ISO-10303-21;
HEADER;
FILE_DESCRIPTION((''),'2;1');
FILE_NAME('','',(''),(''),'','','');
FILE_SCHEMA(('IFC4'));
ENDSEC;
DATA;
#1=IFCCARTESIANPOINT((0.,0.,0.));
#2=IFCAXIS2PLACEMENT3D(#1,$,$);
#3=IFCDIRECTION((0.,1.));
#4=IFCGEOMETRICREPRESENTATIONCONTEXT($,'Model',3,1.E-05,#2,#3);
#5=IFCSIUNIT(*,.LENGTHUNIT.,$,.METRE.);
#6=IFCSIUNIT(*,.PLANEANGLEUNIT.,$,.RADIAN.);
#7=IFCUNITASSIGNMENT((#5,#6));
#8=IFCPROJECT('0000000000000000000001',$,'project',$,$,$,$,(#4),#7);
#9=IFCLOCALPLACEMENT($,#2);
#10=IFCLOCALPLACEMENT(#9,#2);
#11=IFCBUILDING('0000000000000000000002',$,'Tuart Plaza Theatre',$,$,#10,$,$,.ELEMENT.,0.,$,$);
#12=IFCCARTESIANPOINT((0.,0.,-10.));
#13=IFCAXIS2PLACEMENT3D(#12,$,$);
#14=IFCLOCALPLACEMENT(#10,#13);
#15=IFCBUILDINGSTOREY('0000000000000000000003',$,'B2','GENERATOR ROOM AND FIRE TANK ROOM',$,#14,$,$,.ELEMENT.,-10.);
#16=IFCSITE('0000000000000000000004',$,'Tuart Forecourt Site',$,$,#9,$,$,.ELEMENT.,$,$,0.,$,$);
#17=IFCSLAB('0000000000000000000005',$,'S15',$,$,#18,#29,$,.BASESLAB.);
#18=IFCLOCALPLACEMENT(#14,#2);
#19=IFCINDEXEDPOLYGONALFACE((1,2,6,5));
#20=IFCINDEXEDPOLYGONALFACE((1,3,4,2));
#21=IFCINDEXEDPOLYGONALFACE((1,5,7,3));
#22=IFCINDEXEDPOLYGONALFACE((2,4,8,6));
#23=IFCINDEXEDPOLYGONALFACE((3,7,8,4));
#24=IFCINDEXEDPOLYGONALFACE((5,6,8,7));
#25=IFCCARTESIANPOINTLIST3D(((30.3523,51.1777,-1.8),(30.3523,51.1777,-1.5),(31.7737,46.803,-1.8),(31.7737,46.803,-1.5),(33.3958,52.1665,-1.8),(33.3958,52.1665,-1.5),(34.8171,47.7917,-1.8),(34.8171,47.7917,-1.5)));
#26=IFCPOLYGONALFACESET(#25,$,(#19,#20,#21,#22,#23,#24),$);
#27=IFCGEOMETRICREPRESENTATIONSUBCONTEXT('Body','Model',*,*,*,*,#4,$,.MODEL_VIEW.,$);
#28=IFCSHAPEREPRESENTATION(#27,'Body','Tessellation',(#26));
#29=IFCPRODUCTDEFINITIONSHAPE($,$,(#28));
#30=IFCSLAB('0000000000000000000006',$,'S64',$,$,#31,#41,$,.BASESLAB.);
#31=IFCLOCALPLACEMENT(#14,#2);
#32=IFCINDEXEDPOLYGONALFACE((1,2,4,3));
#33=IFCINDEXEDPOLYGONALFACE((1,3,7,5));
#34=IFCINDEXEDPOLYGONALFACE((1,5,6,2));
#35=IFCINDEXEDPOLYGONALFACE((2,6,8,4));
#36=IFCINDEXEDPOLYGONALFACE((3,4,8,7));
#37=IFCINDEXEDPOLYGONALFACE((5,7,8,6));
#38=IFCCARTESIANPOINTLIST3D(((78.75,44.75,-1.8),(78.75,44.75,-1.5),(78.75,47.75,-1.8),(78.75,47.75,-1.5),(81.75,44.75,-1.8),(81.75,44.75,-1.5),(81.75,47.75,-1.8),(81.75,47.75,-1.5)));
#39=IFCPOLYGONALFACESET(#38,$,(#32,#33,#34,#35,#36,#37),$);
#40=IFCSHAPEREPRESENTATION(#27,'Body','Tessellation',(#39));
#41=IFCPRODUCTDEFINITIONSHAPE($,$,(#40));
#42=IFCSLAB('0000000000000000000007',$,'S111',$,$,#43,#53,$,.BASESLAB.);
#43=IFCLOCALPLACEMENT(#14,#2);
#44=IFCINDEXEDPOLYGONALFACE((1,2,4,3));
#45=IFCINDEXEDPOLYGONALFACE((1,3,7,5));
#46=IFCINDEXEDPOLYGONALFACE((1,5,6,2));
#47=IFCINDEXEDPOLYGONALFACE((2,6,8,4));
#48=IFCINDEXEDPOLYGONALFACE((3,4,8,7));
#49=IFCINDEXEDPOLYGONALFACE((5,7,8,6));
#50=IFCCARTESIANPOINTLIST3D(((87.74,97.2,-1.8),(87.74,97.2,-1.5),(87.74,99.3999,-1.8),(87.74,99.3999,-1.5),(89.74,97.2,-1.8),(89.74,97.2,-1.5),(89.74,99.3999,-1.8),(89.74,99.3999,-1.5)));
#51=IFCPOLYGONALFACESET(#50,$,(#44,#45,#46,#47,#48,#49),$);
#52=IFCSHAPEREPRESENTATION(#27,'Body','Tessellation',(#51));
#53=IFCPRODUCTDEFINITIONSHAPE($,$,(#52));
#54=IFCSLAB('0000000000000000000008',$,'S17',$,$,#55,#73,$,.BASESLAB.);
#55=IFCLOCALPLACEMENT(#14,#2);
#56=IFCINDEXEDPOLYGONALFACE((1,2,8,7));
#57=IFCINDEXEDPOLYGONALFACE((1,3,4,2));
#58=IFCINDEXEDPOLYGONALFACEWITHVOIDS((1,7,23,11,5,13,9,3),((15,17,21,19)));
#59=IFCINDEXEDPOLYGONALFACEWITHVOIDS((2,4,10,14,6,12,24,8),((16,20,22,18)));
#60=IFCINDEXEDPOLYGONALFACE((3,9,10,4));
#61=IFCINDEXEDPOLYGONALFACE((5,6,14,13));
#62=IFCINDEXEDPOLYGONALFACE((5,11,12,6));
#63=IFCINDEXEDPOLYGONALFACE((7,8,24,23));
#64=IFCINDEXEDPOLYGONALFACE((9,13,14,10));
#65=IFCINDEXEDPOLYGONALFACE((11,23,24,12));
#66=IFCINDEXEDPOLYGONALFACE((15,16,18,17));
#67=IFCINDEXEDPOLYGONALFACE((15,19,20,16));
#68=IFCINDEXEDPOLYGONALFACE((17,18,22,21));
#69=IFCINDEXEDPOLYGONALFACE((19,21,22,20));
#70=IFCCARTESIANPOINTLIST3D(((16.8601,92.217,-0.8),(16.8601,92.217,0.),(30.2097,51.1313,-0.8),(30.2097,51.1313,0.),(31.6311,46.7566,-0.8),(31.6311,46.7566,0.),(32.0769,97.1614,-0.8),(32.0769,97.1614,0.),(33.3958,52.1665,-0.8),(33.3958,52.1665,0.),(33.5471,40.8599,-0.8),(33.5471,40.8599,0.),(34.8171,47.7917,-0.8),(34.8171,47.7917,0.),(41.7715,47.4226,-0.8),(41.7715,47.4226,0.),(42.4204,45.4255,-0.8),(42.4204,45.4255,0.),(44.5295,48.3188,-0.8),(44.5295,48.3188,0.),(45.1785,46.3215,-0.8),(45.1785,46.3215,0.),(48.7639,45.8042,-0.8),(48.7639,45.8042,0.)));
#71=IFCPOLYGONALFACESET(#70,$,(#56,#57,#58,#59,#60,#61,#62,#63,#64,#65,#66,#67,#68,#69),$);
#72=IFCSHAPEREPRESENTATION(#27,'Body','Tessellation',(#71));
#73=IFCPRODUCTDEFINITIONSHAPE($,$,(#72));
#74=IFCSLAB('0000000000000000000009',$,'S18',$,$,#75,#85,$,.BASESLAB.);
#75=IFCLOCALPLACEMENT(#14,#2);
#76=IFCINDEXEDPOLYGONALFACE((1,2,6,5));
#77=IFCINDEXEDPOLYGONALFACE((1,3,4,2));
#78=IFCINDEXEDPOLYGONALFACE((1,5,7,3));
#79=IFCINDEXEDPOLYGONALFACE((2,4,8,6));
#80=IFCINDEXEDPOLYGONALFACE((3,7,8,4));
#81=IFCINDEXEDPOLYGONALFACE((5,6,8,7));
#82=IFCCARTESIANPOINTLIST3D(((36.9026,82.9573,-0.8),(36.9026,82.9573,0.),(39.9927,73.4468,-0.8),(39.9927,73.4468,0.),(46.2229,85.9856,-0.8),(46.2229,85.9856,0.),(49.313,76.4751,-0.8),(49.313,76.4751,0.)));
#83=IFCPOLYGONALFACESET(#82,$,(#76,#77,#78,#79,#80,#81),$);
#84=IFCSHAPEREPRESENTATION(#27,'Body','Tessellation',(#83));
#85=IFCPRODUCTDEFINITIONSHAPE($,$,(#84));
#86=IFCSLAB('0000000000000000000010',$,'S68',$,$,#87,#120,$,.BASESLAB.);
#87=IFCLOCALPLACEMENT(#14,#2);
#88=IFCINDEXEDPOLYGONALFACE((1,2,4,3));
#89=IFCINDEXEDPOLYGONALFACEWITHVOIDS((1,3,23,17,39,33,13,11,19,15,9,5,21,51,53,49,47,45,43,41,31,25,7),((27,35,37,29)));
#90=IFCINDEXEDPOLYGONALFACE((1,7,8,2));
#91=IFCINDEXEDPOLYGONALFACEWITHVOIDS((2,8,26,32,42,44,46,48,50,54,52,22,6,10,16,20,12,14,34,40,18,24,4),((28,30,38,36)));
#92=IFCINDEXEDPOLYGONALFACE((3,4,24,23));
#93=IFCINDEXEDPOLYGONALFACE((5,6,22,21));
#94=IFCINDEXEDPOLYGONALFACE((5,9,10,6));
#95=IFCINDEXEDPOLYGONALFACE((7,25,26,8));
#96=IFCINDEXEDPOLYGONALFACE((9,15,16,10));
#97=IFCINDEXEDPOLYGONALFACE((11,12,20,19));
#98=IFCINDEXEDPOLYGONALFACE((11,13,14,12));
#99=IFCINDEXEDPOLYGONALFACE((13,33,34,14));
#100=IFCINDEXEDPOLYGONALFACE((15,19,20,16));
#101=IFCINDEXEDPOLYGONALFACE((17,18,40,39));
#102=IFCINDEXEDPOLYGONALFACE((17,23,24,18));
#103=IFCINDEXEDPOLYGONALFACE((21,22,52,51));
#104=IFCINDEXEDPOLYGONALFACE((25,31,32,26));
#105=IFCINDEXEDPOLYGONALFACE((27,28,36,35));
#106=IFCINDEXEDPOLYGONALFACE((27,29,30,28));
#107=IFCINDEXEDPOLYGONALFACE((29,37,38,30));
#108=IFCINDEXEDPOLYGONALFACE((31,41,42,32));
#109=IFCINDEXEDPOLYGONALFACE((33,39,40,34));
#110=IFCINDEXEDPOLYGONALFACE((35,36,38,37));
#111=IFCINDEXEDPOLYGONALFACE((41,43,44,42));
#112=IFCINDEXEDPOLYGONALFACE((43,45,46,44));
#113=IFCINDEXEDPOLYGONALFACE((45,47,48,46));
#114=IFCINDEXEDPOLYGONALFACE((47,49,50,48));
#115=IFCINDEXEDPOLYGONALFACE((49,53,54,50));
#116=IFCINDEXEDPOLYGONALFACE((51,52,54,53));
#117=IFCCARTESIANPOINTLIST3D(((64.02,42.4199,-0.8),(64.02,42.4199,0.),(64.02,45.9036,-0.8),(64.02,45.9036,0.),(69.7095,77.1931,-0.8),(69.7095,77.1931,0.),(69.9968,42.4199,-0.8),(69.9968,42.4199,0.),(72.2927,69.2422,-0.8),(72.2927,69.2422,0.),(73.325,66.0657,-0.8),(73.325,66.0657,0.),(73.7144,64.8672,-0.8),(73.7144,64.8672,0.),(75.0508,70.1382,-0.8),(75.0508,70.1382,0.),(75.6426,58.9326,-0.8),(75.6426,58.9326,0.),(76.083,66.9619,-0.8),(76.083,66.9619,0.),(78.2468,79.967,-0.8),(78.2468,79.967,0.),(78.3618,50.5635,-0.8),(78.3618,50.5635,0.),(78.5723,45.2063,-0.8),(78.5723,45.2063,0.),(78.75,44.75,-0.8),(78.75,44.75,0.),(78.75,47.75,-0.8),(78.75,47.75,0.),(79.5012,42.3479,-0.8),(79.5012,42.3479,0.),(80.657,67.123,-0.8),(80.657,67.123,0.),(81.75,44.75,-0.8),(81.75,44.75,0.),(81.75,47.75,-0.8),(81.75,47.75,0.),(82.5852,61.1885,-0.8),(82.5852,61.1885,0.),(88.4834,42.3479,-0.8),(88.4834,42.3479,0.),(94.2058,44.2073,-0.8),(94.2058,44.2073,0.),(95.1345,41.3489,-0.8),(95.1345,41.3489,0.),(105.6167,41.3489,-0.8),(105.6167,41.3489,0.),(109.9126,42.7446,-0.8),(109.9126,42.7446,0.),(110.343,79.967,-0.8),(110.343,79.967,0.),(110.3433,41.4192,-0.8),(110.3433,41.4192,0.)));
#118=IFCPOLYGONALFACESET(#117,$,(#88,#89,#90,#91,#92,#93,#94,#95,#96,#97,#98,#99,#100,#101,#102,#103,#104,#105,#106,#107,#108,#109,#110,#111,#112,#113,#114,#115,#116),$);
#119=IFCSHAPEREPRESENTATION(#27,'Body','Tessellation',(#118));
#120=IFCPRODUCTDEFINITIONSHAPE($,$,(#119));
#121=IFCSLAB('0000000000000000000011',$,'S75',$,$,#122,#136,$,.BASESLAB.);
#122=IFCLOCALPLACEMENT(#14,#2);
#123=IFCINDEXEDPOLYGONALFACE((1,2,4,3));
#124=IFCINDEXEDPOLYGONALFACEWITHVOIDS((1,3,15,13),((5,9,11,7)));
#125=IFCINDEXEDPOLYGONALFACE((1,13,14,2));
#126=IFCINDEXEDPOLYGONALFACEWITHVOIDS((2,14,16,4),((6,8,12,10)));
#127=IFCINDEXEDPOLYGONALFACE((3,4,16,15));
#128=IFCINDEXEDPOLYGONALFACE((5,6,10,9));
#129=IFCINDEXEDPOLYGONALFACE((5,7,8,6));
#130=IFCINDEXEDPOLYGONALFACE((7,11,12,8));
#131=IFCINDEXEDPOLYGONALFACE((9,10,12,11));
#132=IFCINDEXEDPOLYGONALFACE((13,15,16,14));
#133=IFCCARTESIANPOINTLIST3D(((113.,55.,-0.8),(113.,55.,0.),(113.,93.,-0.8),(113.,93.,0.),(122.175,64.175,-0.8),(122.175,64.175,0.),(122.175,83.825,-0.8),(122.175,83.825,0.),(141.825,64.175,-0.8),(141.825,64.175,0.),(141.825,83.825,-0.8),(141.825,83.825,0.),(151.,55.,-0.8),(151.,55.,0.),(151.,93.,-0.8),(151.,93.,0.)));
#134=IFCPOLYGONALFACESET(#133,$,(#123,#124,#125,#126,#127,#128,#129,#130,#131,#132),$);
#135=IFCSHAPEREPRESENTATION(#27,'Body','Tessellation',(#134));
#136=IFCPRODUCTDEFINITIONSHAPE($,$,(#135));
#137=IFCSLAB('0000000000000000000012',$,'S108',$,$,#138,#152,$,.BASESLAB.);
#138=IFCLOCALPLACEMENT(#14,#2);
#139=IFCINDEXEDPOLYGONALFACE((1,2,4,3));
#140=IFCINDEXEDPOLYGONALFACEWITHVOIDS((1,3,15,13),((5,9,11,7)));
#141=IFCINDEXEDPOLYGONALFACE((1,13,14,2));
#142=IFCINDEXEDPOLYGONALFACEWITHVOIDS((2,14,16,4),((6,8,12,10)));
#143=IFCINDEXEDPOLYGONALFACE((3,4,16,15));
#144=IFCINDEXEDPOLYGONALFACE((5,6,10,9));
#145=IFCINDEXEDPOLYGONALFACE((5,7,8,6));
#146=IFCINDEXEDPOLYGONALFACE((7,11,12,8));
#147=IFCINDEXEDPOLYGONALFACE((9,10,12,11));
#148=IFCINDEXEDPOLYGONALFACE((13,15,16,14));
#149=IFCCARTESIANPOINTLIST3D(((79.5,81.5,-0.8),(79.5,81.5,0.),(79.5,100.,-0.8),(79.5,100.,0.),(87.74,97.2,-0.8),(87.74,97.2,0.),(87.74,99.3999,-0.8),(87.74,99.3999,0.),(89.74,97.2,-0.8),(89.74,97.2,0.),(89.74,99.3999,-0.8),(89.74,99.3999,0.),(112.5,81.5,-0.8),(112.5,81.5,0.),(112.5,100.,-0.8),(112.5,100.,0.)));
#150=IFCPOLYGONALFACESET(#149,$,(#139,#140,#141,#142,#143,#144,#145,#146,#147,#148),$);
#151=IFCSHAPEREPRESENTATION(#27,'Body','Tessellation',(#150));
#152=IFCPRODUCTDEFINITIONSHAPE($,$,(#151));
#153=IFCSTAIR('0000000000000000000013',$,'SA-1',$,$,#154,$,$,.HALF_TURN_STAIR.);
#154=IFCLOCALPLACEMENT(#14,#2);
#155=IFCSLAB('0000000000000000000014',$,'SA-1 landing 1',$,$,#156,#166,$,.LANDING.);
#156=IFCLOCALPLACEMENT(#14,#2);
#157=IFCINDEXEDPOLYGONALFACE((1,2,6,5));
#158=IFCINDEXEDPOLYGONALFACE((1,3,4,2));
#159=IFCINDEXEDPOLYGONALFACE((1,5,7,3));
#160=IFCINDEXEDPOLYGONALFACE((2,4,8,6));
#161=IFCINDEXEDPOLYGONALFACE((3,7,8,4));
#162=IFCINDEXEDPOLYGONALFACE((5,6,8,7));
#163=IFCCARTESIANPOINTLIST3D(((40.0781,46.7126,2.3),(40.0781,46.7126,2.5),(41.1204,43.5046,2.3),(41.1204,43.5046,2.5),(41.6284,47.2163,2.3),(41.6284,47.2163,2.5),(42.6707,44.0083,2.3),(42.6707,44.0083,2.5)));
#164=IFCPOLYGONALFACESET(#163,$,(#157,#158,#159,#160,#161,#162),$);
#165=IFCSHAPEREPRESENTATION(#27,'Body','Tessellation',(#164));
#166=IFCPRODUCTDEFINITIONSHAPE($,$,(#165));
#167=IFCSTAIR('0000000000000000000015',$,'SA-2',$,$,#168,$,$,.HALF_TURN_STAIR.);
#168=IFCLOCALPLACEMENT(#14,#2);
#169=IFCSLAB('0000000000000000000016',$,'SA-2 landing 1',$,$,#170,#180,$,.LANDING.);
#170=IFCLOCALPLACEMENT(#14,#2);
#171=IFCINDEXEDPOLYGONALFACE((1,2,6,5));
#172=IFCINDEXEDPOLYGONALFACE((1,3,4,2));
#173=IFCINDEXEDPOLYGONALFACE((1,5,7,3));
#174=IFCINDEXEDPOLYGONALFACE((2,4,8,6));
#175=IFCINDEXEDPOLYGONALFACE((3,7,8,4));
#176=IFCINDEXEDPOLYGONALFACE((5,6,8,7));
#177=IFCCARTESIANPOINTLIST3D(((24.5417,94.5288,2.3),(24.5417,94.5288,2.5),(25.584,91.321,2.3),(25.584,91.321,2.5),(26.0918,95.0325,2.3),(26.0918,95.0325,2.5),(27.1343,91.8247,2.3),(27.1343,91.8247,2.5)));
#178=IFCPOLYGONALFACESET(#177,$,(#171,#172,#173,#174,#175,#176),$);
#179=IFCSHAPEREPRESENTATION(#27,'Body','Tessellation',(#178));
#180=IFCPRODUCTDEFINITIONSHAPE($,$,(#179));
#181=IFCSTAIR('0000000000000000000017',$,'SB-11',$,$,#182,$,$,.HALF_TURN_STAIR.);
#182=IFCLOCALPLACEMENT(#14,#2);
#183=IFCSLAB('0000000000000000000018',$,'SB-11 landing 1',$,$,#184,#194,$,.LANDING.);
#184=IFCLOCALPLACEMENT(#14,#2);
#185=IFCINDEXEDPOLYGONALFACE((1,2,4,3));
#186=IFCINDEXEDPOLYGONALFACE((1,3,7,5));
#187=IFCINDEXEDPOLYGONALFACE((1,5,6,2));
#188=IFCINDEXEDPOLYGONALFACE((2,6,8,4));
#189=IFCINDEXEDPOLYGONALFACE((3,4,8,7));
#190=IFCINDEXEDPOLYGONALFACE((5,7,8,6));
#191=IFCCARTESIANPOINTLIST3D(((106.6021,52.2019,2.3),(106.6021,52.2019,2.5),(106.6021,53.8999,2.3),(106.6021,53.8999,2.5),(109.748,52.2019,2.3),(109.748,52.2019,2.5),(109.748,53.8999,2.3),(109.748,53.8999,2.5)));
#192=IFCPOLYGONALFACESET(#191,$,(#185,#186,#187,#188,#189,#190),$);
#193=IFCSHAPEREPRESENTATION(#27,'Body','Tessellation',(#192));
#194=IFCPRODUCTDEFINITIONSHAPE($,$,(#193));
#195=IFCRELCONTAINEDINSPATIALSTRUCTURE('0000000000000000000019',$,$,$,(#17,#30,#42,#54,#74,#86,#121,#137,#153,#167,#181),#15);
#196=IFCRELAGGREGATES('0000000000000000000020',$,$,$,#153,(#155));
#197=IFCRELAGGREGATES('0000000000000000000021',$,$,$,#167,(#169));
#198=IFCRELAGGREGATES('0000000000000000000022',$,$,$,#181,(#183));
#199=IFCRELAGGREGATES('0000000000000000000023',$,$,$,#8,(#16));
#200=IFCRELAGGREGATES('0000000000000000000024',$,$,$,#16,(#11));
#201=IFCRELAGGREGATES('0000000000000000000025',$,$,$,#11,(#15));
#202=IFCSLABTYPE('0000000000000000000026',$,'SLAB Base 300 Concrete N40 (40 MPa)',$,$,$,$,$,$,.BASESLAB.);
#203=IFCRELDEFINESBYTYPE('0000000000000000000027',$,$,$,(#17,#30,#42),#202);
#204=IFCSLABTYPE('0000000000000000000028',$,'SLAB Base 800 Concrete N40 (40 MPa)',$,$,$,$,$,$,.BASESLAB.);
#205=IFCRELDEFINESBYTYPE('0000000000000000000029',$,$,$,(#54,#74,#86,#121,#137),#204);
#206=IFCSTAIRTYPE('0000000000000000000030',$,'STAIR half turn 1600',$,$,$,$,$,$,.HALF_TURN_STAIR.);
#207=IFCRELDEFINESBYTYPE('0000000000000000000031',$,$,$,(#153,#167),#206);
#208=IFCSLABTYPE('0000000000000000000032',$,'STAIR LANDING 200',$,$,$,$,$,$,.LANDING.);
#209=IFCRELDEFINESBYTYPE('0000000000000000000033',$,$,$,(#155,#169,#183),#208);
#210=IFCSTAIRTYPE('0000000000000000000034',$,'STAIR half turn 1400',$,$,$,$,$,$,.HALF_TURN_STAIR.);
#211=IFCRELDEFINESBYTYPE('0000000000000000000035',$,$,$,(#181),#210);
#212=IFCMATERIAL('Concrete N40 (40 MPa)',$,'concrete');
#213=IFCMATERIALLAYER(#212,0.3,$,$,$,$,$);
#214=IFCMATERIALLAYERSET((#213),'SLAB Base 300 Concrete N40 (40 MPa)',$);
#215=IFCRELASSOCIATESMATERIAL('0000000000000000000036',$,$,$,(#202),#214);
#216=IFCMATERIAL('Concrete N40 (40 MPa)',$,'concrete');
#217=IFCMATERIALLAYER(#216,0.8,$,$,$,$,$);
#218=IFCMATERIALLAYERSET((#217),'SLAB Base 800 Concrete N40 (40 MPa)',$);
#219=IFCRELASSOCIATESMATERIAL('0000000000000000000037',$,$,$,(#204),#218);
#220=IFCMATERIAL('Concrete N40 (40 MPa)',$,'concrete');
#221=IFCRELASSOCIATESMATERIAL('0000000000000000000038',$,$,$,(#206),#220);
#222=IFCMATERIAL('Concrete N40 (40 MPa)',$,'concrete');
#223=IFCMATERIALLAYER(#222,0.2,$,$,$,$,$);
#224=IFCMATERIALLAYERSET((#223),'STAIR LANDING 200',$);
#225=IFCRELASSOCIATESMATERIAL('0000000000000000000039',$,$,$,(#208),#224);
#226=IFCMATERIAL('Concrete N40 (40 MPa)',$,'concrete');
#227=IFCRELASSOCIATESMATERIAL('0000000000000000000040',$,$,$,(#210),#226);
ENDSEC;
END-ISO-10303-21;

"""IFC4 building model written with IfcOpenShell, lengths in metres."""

from ifc_helpers import new_model, si_unit, direction, frame, origin, place, context, subcontext, project, spatial, polyline, outline, extrude, material, layer, layer_set, type_object, element, aggregate, save


model = new_model("IFC4")

# Units and contexts
model_context = context("Model", 3, precision=1e-05, world=origin(), true_north=direction((0.0, 1.0)))
body_context = subcontext(model_context, "Body", "Model", "MODEL_VIEW")
ifc_project = project(units=[si_unit("LENGTHUNIT", "METRE"), si_unit("PLANEANGLEUNIT", "RADIAN")], contexts=[model_context])

# Site, building, storey
site_placement = place(None, origin())
site = spatial("IfcSite", under=ifc_project, at=site_placement, Name="Tuart Forecourt Site", CompositionType="ELEMENT", RefElevation=0.0)
building_placement = place(site_placement, origin())
building = spatial("IfcBuilding", under=site, at=building_placement, Name="Tuart Plaza Theatre", CompositionType="ELEMENT", ElevationOfRefHeight=0.0)
storey_placement = place(building_placement, frame((0.0, 0.0, -10.0)))
storey = spatial("IfcBuildingStorey", under=building, at=storey_placement, Name="B2", Description="GENERATOR ROOM AND FIRE TANK ROOM", CompositionType="ELEMENT", Elevation=-10.0)

# Slabs
ifc_material_1 = material(Name="Concrete N40 (40 MPa)", Category="concrete")
ifc_layer_1 = layer(ifc_material_1, 0.3)
ifc_layer_set_1 = layer_set([ifc_layer_1], Name="SLAB Base 300 Concrete N40 (40 MPa)")
slab_type_1 = type_object("IfcSlabType", Name="SLAB Base 300 Concrete N40 (40 MPa)", PredefinedType="BASESLAB", material=ifc_layer_set_1)
slab_1_placement = place(storey_placement, frame((0.0, 0.0, -1.8)))
element("IfcSlab", 1, at=slab_1_placement, inside=storey, type_object=slab_type_1, Name="S15", PredefinedType="BASESLAB", context=body_context, shape_type="SweptSolid", body=[
    extrude(outline(polyline([(34.8171, 47.7917), (33.3958, 52.1665), (30.3523, 51.1777), (31.7737, 46.803), (34.8171, 47.7917)])), origin(), (0.0, 0.0, 1.0), 0.3),
])
slab_2_placement = place(storey_placement, frame((0.0, 0.0, -1.8)))
element("IfcSlab", 2, at=slab_2_placement, inside=storey, type_object=slab_type_1, Name="S64", PredefinedType="BASESLAB", context=body_context, shape_type="SweptSolid", body=[
    extrude(outline(polyline([(81.75, 44.75), (81.75, 47.75), (78.75, 47.75), (78.75, 44.75), (81.75, 44.75)])), origin(), (0.0, 0.0, 1.0), 0.3),
])
slab_3_placement = place(storey_placement, frame((0.0, 0.0, -1.8)))
element("IfcSlab", 3, at=slab_3_placement, inside=storey, type_object=slab_type_1, Name="S111", PredefinedType="BASESLAB", context=body_context, shape_type="SweptSolid", body=[
    extrude(outline(polyline([(89.74, 97.2), (89.74, 99.3999), (87.74, 99.3999), (87.74, 97.2), (89.74, 97.2)])), origin(), (0.0, 0.0, 1.0), 0.3),
])
ifc_material_2 = material(Name="Concrete N40 (40 MPa)", Category="concrete")
ifc_layer_2 = layer(ifc_material_2, 0.8)
ifc_layer_set_2 = layer_set([ifc_layer_2], Name="SLAB Base 800 Concrete N40 (40 MPa)")
slab_type_2 = type_object("IfcSlabType", Name="SLAB Base 800 Concrete N40 (40 MPa)", PredefinedType="BASESLAB", material=ifc_layer_set_2)
slab_4_placement = place(storey_placement, frame((0.0, 0.0, -0.8)))
element("IfcSlab", 4, at=slab_4_placement, inside=storey, type_object=slab_type_2, Name="S17", PredefinedType="BASESLAB", context=body_context, shape_type="SweptSolid", body=[
    extrude(outline(polyline([(33.3958, 52.1665), (34.8171, 47.7917), (31.6311, 46.7566), (33.5471, 40.8599), (48.7639, 45.8042), (32.0769, 97.1614), (16.8601, 92.217), (30.2097, 51.1313), (33.3958, 52.1665)]), holes=[polyline([(44.5295, 48.3188), (41.7715, 47.4226), (42.4204, 45.4255), (45.1785, 46.3215), (44.5295, 48.3188)])]), origin(), (0.0, 0.0, 1.0), 0.8),
])
slab_5_placement = place(storey_placement, frame((0.0, 0.0, -0.8)))
element("IfcSlab", 5, at=slab_5_placement, inside=storey, type_object=slab_type_2, Name="S18", PredefinedType="BASESLAB", context=body_context, shape_type="SweptSolid", body=[
    extrude(outline(polyline([(49.313, 76.4751), (46.2229, 85.9856), (36.9026, 82.9573), (39.9927, 73.4468), (49.313, 76.4751)])), origin(), (0.0, 0.0, 1.0), 0.8),
])
slab_6_placement = place(storey_placement, frame((0.0, 0.0, -0.8)))
element("IfcSlab", 6, at=slab_6_placement, inside=storey, type_object=slab_type_2, Name="S68", PredefinedType="BASESLAB", context=body_context, shape_type="SweptSolid", body=[
    extrude(outline(polyline([(79.5012, 42.3479), (88.4834, 42.3479), (94.2058, 44.2073), (95.1345, 41.3489), (105.6167, 41.3489), (109.9126, 42.7446), (110.3433, 41.4192), (110.343, 79.967), (78.2468, 79.967), (69.7095, 77.1931), (72.2927, 69.2422), (75.0508, 70.1382), (76.083, 66.9619), (73.325, 66.0657), (73.7144, 64.8672), (80.657, 67.123), (82.5852, 61.1885), (75.6426, 58.9326), (78.3618, 50.5635), (64.02, 45.9036), (64.02, 42.4199), (69.9968, 42.4199), (78.5723, 45.2063), (79.5012, 42.3479)]), holes=[polyline([(78.75, 44.75), (81.75, 44.75), (81.75, 47.75), (78.75, 47.75), (78.75, 44.75)])]), origin(), (0.0, 0.0, 1.0), 0.8),
])
slab_7_placement = place(storey_placement, frame((0.0, 0.0, -0.8)))
element("IfcSlab", 7, at=slab_7_placement, inside=storey, type_object=slab_type_2, Name="S75", PredefinedType="BASESLAB", context=body_context, shape_type="SweptSolid", body=[
    extrude(outline(polyline([(151.0, 55.0), (151.0, 93.0), (113.0, 93.0), (113.0, 55.0), (151.0, 55.0)]), holes=[polyline([(141.825, 83.825), (122.175, 83.825), (122.175, 64.175), (141.825, 64.175), (141.825, 83.825)])]), origin(), (0.0, 0.0, 1.0), 0.8),
])
slab_8_placement = place(storey_placement, frame((0.0, 0.0, -0.8)))
element("IfcSlab", 8, at=slab_8_placement, inside=storey, type_object=slab_type_2, Name="S108", PredefinedType="BASESLAB", context=body_context, shape_type="SweptSolid", body=[
    extrude(outline(polyline([(112.5, 81.5), (112.5, 100.0), (79.5, 100.0), (79.5, 81.5), (112.5, 81.5)]), holes=[polyline([(87.74, 97.2), (89.74, 97.2), (89.74, 99.3999), (87.74, 99.3999), (87.74, 97.2)])]), origin(), (0.0, 0.0, 1.0), 0.8),
])

# Stairs, slabs
ifc_material_3 = material(Name="Concrete N40 (40 MPa)", Category="concrete")
stair_type_1 = type_object("IfcStairType", Name="STAIR half turn 1600", PredefinedType="HALF_TURN_STAIR", material=ifc_material_3)
stair_1_placement = place(storey_placement, origin())
stair_1 = element("IfcStair", 9, at=stair_1_placement, inside=storey, type_object=stair_type_1, Name="SA-1", PredefinedType="HALF_TURN_STAIR")
ifc_material_4 = material(Name="Concrete N40 (40 MPa)", Category="concrete")
ifc_layer_3 = layer(ifc_material_4, 0.2)
ifc_layer_set_3 = layer_set([ifc_layer_3], Name="STAIR LANDING 200")
slab_type_3 = type_object("IfcSlabType", Name="STAIR LANDING 200", PredefinedType="LANDING", material=ifc_layer_set_3)
slab_9_placement = place(storey_placement, frame((0.0, 0.0, 2.3)))
slab_9 = element("IfcSlab", 10, at=slab_9_placement, type_object=slab_type_3, Name="SA-1 landing 1", PredefinedType="LANDING", context=body_context, shape_type="SweptSolid", body=[
    extrude(outline(polyline([(41.1204, 43.5046), (42.6707, 44.0083), (41.6284, 47.2163), (40.0781, 46.7126), (41.1204, 43.5046)])), origin(), (0.0, 0.0, 1.0), 0.2),
])
aggregate(stair_1, [slab_9])
stair_2_placement = place(storey_placement, origin())
stair_2 = element("IfcStair", 11, at=stair_2_placement, inside=storey, type_object=stair_type_1, Name="SA-2", PredefinedType="HALF_TURN_STAIR")
slab_10_placement = place(storey_placement, frame((0.0, 0.0, 2.3)))
slab_10 = element("IfcSlab", 12, at=slab_10_placement, type_object=slab_type_3, Name="SA-2 landing 1", PredefinedType="LANDING", context=body_context, shape_type="SweptSolid", body=[
    extrude(outline(polyline([(24.5417, 94.5288), (26.0918, 95.0325), (27.1343, 91.8247), (25.584, 91.321), (24.5417, 94.5288)])), origin(), (0.0, 0.0, 1.0), 0.2),
])
aggregate(stair_2, [slab_10])
ifc_material_5 = material(Name="Concrete N40 (40 MPa)", Category="concrete")
stair_type_2 = type_object("IfcStairType", Name="STAIR half turn 1400", PredefinedType="HALF_TURN_STAIR", material=ifc_material_5)
stair_3_placement = place(storey_placement, origin())
stair_3 = element("IfcStair", 13, at=stair_3_placement, inside=storey, type_object=stair_type_2, Name="SB-11", PredefinedType="HALF_TURN_STAIR")
slab_11_placement = place(storey_placement, frame((0.0, 0.0, 2.3)))
slab_11 = element("IfcSlab", 14, at=slab_11_placement, type_object=slab_type_3, Name="SB-11 landing 1", PredefinedType="LANDING", context=body_context, shape_type="SweptSolid", body=[
    extrude(outline(polyline([(106.6021, 53.8999), (106.6021, 52.2019), (109.748, 52.2019), (109.748, 53.8999), (106.6021, 53.8999)])), origin(), (0.0, 0.0, 1.0), 0.2),
])
aggregate(stair_3, [slab_11])

save(model, "model.ifc")
